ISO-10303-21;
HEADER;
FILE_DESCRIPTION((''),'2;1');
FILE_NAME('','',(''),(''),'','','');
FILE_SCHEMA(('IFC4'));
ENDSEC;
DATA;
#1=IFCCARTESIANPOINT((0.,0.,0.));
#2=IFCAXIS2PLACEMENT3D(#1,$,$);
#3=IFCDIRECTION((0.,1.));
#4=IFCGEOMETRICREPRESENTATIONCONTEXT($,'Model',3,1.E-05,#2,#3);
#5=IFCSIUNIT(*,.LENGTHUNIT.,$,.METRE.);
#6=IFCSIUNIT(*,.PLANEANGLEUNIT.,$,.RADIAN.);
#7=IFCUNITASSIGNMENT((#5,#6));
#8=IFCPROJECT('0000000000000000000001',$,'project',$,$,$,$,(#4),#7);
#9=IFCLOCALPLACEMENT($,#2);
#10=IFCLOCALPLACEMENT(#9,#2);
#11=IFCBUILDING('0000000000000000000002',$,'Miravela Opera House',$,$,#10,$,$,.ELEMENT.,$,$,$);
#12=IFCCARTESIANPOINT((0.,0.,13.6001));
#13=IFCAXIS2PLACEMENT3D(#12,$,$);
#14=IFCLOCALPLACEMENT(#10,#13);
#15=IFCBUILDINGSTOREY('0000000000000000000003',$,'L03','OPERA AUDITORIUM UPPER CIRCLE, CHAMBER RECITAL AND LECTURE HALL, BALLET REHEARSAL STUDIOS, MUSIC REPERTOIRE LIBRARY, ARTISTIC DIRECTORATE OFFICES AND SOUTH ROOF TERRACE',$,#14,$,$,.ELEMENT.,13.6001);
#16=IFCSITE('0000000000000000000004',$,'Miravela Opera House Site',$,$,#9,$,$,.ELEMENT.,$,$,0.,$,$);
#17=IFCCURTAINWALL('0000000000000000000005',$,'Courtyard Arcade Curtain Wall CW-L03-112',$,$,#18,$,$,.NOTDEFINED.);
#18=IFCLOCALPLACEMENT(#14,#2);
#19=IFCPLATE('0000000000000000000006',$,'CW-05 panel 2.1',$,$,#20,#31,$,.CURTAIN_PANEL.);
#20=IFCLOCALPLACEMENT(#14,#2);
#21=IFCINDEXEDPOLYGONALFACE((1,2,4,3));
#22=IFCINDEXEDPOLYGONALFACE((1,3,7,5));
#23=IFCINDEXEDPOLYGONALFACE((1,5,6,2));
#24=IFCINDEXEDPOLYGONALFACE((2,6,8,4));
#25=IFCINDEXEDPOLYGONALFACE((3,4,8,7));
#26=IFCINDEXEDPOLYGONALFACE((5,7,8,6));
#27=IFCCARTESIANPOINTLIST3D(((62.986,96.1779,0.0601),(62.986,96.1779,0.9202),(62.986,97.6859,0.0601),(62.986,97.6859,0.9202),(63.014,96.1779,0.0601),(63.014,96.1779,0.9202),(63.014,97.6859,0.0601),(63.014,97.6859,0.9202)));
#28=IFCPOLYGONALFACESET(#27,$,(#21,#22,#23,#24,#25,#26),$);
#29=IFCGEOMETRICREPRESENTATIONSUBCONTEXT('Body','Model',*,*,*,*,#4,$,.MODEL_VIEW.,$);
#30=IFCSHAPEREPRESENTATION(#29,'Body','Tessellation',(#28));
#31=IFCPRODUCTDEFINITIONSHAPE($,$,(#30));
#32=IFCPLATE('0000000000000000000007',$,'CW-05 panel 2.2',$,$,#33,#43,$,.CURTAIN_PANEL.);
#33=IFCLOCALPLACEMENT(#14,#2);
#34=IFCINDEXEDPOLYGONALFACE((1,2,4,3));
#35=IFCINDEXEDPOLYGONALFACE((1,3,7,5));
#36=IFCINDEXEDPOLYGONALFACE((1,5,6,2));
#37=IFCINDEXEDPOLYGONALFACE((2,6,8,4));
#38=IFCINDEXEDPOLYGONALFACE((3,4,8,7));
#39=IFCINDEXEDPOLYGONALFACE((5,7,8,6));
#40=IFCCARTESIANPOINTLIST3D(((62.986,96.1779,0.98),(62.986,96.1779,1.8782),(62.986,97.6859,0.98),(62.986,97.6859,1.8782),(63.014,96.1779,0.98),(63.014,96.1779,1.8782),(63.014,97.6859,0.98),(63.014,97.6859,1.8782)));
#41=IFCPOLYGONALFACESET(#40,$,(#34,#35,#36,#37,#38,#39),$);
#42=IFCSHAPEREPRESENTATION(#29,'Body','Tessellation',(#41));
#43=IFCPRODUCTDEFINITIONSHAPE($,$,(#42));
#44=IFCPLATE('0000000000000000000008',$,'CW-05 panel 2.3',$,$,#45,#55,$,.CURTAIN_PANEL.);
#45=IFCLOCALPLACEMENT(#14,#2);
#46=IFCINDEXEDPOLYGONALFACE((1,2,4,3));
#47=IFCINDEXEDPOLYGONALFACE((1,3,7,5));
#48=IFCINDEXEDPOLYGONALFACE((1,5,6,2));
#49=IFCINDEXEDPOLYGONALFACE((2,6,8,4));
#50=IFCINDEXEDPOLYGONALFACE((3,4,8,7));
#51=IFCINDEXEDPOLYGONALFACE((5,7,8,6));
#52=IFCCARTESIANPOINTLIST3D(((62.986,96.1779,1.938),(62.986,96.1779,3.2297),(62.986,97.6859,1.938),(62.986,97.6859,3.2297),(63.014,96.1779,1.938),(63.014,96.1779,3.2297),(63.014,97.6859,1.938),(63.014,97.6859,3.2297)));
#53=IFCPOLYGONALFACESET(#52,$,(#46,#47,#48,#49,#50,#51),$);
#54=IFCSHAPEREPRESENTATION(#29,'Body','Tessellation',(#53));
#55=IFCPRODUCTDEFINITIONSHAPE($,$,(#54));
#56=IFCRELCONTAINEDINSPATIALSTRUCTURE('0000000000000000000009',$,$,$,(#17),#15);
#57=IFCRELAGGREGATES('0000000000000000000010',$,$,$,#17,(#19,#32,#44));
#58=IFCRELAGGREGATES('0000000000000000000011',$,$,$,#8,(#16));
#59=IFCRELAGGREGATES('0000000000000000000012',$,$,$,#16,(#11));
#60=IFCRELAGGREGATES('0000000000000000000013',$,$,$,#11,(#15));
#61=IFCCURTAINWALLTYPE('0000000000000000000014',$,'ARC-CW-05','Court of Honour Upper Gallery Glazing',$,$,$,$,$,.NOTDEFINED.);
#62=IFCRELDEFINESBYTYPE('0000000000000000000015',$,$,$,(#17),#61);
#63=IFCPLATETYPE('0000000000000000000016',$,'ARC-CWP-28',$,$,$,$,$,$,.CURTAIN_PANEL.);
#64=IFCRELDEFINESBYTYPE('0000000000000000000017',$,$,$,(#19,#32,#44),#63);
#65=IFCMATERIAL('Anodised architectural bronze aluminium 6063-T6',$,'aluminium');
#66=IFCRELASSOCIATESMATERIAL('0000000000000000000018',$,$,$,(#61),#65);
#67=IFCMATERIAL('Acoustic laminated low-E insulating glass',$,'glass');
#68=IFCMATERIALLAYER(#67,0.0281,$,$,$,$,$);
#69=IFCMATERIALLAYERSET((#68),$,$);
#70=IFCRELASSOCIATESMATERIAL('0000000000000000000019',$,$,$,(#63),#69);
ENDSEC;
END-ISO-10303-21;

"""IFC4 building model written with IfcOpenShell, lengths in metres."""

from ifc_helpers import new_model, si_unit, direction, frame, origin, origin_2d, place, context, subcontext, project, spatial, rectangle, extrude, material, layer, layer_set, type_object, element, aggregate, save


model = new_model("IFC4")

# Units and contexts
model_context = context("Model", 3, precision=1e-05, world=origin(), true_north=direction((0.0, 1.0)))
body_context = subcontext(model_context, "Body", "Model", "MODEL_VIEW")
ifc_project = project(units=[si_unit("LENGTHUNIT", "METRE"), si_unit("PLANEANGLEUNIT", "RADIAN")], contexts=[model_context])

# Site, building, storey
site_placement = place(None, origin())
site = spatial("IfcSite", under=ifc_project, at=site_placement, Name="Miravela Opera House Site", CompositionType="ELEMENT", RefElevation=0.0)
building_placement = place(site_placement, origin())
building = spatial("IfcBuilding", under=site, at=building_placement, Name="Miravela Opera House", CompositionType="ELEMENT")
storey_placement = place(building_placement, frame((0.0, 0.0, 13.6001)))
storey = spatial("IfcBuildingStorey", under=building, at=storey_placement, Name="L03", Description="OPERA AUDITORIUM UPPER CIRCLE, CHAMBER RECITAL AND LECTURE HALL, BALLET REHEARSAL STUDIOS, MUSIC REPERTOIRE LIBRARY, ARTISTIC DIRECTORATE OFFICES AND SOUTH ROOF TERRACE", CompositionType="ELEMENT", Elevation=13.6001)

# Shared definitions
ifc_material_1 = material(Name="Anodised architectural bronze aluminium 6063-T6", Category="aluminium")
curtain_wall_type = type_object("IfcCurtainWallType", Name="ARC-CW-05", Description="Court of Honour Upper Gallery Glazing", PredefinedType="NOTDEFINED", material=ifc_material_1)

# Curtain wall
curtain_wall_1_placement = place(storey_placement, origin())
curtain_wall_1 = element("IfcCurtainWall", 1, at=curtain_wall_1_placement, inside=storey, type_object=curtain_wall_type, Name="Courtyard Arcade Curtain Wall CW-L03-112", PredefinedType="NOTDEFINED")

# Plates
ifc_material_2 = material(Name="Acoustic laminated low-E insulating glass", Category="glass")
ifc_layer = layer(ifc_material_2, 0.0281)
ifc_layer_set = layer_set([ifc_layer])
plate_type = type_object("IfcPlateType", Name="ARC-CWP-28", PredefinedType="CURTAIN_PANEL", material=ifc_layer_set)
plate_1_placement = place(storey_placement, frame((63.0, 96.9319, 0.0601), z_axis=(0.0, 0.0, 1.0), x_axis=(0.0, 1.0, 0.0)))
plate_1 = element("IfcPlate", 2, at=plate_1_placement, type_object=plate_type, Name="CW-05 panel 2.1", PredefinedType="CURTAIN_PANEL", context=body_context, shape_type="SweptSolid", body=[
    extrude(rectangle(XDim=1.5081, YDim=0.0281, at=origin_2d()), origin(), (0.0, 0.0, 1.0), 0.8601),
])
plate_2_placement = place(storey_placement, frame((63.0, 96.9319, 0.98), z_axis=(0.0, 0.0, 1.0), x_axis=(0.0, 1.0, 0.0)))
plate_2 = element("IfcPlate", 3, at=plate_2_placement, type_object=plate_type, Name="CW-05 panel 2.2", PredefinedType="CURTAIN_PANEL", context=body_context, shape_type="SweptSolid", body=[
    extrude(rectangle(XDim=1.5081, YDim=0.0281, at=origin_2d()), origin(), (0.0, 0.0, 1.0), 0.8982),
])
plate_3_placement = place(storey_placement, frame((63.0, 96.9319, 1.938), z_axis=(0.0, 0.0, 1.0), x_axis=(0.0, 1.0, 0.0)))
plate_3 = element("IfcPlate", 4, at=plate_3_placement, type_object=plate_type, Name="CW-05 panel 2.3", PredefinedType="CURTAIN_PANEL", context=body_context, shape_type="SweptSolid", body=[
    extrude(rectangle(XDim=1.5081, YDim=0.0281, at=origin_2d()), origin(), (0.0, 0.0, 1.0), 1.2917),
])
aggregate(curtain_wall_1, [plate_1, plate_2, plate_3])

save(model, "model.ifc")
